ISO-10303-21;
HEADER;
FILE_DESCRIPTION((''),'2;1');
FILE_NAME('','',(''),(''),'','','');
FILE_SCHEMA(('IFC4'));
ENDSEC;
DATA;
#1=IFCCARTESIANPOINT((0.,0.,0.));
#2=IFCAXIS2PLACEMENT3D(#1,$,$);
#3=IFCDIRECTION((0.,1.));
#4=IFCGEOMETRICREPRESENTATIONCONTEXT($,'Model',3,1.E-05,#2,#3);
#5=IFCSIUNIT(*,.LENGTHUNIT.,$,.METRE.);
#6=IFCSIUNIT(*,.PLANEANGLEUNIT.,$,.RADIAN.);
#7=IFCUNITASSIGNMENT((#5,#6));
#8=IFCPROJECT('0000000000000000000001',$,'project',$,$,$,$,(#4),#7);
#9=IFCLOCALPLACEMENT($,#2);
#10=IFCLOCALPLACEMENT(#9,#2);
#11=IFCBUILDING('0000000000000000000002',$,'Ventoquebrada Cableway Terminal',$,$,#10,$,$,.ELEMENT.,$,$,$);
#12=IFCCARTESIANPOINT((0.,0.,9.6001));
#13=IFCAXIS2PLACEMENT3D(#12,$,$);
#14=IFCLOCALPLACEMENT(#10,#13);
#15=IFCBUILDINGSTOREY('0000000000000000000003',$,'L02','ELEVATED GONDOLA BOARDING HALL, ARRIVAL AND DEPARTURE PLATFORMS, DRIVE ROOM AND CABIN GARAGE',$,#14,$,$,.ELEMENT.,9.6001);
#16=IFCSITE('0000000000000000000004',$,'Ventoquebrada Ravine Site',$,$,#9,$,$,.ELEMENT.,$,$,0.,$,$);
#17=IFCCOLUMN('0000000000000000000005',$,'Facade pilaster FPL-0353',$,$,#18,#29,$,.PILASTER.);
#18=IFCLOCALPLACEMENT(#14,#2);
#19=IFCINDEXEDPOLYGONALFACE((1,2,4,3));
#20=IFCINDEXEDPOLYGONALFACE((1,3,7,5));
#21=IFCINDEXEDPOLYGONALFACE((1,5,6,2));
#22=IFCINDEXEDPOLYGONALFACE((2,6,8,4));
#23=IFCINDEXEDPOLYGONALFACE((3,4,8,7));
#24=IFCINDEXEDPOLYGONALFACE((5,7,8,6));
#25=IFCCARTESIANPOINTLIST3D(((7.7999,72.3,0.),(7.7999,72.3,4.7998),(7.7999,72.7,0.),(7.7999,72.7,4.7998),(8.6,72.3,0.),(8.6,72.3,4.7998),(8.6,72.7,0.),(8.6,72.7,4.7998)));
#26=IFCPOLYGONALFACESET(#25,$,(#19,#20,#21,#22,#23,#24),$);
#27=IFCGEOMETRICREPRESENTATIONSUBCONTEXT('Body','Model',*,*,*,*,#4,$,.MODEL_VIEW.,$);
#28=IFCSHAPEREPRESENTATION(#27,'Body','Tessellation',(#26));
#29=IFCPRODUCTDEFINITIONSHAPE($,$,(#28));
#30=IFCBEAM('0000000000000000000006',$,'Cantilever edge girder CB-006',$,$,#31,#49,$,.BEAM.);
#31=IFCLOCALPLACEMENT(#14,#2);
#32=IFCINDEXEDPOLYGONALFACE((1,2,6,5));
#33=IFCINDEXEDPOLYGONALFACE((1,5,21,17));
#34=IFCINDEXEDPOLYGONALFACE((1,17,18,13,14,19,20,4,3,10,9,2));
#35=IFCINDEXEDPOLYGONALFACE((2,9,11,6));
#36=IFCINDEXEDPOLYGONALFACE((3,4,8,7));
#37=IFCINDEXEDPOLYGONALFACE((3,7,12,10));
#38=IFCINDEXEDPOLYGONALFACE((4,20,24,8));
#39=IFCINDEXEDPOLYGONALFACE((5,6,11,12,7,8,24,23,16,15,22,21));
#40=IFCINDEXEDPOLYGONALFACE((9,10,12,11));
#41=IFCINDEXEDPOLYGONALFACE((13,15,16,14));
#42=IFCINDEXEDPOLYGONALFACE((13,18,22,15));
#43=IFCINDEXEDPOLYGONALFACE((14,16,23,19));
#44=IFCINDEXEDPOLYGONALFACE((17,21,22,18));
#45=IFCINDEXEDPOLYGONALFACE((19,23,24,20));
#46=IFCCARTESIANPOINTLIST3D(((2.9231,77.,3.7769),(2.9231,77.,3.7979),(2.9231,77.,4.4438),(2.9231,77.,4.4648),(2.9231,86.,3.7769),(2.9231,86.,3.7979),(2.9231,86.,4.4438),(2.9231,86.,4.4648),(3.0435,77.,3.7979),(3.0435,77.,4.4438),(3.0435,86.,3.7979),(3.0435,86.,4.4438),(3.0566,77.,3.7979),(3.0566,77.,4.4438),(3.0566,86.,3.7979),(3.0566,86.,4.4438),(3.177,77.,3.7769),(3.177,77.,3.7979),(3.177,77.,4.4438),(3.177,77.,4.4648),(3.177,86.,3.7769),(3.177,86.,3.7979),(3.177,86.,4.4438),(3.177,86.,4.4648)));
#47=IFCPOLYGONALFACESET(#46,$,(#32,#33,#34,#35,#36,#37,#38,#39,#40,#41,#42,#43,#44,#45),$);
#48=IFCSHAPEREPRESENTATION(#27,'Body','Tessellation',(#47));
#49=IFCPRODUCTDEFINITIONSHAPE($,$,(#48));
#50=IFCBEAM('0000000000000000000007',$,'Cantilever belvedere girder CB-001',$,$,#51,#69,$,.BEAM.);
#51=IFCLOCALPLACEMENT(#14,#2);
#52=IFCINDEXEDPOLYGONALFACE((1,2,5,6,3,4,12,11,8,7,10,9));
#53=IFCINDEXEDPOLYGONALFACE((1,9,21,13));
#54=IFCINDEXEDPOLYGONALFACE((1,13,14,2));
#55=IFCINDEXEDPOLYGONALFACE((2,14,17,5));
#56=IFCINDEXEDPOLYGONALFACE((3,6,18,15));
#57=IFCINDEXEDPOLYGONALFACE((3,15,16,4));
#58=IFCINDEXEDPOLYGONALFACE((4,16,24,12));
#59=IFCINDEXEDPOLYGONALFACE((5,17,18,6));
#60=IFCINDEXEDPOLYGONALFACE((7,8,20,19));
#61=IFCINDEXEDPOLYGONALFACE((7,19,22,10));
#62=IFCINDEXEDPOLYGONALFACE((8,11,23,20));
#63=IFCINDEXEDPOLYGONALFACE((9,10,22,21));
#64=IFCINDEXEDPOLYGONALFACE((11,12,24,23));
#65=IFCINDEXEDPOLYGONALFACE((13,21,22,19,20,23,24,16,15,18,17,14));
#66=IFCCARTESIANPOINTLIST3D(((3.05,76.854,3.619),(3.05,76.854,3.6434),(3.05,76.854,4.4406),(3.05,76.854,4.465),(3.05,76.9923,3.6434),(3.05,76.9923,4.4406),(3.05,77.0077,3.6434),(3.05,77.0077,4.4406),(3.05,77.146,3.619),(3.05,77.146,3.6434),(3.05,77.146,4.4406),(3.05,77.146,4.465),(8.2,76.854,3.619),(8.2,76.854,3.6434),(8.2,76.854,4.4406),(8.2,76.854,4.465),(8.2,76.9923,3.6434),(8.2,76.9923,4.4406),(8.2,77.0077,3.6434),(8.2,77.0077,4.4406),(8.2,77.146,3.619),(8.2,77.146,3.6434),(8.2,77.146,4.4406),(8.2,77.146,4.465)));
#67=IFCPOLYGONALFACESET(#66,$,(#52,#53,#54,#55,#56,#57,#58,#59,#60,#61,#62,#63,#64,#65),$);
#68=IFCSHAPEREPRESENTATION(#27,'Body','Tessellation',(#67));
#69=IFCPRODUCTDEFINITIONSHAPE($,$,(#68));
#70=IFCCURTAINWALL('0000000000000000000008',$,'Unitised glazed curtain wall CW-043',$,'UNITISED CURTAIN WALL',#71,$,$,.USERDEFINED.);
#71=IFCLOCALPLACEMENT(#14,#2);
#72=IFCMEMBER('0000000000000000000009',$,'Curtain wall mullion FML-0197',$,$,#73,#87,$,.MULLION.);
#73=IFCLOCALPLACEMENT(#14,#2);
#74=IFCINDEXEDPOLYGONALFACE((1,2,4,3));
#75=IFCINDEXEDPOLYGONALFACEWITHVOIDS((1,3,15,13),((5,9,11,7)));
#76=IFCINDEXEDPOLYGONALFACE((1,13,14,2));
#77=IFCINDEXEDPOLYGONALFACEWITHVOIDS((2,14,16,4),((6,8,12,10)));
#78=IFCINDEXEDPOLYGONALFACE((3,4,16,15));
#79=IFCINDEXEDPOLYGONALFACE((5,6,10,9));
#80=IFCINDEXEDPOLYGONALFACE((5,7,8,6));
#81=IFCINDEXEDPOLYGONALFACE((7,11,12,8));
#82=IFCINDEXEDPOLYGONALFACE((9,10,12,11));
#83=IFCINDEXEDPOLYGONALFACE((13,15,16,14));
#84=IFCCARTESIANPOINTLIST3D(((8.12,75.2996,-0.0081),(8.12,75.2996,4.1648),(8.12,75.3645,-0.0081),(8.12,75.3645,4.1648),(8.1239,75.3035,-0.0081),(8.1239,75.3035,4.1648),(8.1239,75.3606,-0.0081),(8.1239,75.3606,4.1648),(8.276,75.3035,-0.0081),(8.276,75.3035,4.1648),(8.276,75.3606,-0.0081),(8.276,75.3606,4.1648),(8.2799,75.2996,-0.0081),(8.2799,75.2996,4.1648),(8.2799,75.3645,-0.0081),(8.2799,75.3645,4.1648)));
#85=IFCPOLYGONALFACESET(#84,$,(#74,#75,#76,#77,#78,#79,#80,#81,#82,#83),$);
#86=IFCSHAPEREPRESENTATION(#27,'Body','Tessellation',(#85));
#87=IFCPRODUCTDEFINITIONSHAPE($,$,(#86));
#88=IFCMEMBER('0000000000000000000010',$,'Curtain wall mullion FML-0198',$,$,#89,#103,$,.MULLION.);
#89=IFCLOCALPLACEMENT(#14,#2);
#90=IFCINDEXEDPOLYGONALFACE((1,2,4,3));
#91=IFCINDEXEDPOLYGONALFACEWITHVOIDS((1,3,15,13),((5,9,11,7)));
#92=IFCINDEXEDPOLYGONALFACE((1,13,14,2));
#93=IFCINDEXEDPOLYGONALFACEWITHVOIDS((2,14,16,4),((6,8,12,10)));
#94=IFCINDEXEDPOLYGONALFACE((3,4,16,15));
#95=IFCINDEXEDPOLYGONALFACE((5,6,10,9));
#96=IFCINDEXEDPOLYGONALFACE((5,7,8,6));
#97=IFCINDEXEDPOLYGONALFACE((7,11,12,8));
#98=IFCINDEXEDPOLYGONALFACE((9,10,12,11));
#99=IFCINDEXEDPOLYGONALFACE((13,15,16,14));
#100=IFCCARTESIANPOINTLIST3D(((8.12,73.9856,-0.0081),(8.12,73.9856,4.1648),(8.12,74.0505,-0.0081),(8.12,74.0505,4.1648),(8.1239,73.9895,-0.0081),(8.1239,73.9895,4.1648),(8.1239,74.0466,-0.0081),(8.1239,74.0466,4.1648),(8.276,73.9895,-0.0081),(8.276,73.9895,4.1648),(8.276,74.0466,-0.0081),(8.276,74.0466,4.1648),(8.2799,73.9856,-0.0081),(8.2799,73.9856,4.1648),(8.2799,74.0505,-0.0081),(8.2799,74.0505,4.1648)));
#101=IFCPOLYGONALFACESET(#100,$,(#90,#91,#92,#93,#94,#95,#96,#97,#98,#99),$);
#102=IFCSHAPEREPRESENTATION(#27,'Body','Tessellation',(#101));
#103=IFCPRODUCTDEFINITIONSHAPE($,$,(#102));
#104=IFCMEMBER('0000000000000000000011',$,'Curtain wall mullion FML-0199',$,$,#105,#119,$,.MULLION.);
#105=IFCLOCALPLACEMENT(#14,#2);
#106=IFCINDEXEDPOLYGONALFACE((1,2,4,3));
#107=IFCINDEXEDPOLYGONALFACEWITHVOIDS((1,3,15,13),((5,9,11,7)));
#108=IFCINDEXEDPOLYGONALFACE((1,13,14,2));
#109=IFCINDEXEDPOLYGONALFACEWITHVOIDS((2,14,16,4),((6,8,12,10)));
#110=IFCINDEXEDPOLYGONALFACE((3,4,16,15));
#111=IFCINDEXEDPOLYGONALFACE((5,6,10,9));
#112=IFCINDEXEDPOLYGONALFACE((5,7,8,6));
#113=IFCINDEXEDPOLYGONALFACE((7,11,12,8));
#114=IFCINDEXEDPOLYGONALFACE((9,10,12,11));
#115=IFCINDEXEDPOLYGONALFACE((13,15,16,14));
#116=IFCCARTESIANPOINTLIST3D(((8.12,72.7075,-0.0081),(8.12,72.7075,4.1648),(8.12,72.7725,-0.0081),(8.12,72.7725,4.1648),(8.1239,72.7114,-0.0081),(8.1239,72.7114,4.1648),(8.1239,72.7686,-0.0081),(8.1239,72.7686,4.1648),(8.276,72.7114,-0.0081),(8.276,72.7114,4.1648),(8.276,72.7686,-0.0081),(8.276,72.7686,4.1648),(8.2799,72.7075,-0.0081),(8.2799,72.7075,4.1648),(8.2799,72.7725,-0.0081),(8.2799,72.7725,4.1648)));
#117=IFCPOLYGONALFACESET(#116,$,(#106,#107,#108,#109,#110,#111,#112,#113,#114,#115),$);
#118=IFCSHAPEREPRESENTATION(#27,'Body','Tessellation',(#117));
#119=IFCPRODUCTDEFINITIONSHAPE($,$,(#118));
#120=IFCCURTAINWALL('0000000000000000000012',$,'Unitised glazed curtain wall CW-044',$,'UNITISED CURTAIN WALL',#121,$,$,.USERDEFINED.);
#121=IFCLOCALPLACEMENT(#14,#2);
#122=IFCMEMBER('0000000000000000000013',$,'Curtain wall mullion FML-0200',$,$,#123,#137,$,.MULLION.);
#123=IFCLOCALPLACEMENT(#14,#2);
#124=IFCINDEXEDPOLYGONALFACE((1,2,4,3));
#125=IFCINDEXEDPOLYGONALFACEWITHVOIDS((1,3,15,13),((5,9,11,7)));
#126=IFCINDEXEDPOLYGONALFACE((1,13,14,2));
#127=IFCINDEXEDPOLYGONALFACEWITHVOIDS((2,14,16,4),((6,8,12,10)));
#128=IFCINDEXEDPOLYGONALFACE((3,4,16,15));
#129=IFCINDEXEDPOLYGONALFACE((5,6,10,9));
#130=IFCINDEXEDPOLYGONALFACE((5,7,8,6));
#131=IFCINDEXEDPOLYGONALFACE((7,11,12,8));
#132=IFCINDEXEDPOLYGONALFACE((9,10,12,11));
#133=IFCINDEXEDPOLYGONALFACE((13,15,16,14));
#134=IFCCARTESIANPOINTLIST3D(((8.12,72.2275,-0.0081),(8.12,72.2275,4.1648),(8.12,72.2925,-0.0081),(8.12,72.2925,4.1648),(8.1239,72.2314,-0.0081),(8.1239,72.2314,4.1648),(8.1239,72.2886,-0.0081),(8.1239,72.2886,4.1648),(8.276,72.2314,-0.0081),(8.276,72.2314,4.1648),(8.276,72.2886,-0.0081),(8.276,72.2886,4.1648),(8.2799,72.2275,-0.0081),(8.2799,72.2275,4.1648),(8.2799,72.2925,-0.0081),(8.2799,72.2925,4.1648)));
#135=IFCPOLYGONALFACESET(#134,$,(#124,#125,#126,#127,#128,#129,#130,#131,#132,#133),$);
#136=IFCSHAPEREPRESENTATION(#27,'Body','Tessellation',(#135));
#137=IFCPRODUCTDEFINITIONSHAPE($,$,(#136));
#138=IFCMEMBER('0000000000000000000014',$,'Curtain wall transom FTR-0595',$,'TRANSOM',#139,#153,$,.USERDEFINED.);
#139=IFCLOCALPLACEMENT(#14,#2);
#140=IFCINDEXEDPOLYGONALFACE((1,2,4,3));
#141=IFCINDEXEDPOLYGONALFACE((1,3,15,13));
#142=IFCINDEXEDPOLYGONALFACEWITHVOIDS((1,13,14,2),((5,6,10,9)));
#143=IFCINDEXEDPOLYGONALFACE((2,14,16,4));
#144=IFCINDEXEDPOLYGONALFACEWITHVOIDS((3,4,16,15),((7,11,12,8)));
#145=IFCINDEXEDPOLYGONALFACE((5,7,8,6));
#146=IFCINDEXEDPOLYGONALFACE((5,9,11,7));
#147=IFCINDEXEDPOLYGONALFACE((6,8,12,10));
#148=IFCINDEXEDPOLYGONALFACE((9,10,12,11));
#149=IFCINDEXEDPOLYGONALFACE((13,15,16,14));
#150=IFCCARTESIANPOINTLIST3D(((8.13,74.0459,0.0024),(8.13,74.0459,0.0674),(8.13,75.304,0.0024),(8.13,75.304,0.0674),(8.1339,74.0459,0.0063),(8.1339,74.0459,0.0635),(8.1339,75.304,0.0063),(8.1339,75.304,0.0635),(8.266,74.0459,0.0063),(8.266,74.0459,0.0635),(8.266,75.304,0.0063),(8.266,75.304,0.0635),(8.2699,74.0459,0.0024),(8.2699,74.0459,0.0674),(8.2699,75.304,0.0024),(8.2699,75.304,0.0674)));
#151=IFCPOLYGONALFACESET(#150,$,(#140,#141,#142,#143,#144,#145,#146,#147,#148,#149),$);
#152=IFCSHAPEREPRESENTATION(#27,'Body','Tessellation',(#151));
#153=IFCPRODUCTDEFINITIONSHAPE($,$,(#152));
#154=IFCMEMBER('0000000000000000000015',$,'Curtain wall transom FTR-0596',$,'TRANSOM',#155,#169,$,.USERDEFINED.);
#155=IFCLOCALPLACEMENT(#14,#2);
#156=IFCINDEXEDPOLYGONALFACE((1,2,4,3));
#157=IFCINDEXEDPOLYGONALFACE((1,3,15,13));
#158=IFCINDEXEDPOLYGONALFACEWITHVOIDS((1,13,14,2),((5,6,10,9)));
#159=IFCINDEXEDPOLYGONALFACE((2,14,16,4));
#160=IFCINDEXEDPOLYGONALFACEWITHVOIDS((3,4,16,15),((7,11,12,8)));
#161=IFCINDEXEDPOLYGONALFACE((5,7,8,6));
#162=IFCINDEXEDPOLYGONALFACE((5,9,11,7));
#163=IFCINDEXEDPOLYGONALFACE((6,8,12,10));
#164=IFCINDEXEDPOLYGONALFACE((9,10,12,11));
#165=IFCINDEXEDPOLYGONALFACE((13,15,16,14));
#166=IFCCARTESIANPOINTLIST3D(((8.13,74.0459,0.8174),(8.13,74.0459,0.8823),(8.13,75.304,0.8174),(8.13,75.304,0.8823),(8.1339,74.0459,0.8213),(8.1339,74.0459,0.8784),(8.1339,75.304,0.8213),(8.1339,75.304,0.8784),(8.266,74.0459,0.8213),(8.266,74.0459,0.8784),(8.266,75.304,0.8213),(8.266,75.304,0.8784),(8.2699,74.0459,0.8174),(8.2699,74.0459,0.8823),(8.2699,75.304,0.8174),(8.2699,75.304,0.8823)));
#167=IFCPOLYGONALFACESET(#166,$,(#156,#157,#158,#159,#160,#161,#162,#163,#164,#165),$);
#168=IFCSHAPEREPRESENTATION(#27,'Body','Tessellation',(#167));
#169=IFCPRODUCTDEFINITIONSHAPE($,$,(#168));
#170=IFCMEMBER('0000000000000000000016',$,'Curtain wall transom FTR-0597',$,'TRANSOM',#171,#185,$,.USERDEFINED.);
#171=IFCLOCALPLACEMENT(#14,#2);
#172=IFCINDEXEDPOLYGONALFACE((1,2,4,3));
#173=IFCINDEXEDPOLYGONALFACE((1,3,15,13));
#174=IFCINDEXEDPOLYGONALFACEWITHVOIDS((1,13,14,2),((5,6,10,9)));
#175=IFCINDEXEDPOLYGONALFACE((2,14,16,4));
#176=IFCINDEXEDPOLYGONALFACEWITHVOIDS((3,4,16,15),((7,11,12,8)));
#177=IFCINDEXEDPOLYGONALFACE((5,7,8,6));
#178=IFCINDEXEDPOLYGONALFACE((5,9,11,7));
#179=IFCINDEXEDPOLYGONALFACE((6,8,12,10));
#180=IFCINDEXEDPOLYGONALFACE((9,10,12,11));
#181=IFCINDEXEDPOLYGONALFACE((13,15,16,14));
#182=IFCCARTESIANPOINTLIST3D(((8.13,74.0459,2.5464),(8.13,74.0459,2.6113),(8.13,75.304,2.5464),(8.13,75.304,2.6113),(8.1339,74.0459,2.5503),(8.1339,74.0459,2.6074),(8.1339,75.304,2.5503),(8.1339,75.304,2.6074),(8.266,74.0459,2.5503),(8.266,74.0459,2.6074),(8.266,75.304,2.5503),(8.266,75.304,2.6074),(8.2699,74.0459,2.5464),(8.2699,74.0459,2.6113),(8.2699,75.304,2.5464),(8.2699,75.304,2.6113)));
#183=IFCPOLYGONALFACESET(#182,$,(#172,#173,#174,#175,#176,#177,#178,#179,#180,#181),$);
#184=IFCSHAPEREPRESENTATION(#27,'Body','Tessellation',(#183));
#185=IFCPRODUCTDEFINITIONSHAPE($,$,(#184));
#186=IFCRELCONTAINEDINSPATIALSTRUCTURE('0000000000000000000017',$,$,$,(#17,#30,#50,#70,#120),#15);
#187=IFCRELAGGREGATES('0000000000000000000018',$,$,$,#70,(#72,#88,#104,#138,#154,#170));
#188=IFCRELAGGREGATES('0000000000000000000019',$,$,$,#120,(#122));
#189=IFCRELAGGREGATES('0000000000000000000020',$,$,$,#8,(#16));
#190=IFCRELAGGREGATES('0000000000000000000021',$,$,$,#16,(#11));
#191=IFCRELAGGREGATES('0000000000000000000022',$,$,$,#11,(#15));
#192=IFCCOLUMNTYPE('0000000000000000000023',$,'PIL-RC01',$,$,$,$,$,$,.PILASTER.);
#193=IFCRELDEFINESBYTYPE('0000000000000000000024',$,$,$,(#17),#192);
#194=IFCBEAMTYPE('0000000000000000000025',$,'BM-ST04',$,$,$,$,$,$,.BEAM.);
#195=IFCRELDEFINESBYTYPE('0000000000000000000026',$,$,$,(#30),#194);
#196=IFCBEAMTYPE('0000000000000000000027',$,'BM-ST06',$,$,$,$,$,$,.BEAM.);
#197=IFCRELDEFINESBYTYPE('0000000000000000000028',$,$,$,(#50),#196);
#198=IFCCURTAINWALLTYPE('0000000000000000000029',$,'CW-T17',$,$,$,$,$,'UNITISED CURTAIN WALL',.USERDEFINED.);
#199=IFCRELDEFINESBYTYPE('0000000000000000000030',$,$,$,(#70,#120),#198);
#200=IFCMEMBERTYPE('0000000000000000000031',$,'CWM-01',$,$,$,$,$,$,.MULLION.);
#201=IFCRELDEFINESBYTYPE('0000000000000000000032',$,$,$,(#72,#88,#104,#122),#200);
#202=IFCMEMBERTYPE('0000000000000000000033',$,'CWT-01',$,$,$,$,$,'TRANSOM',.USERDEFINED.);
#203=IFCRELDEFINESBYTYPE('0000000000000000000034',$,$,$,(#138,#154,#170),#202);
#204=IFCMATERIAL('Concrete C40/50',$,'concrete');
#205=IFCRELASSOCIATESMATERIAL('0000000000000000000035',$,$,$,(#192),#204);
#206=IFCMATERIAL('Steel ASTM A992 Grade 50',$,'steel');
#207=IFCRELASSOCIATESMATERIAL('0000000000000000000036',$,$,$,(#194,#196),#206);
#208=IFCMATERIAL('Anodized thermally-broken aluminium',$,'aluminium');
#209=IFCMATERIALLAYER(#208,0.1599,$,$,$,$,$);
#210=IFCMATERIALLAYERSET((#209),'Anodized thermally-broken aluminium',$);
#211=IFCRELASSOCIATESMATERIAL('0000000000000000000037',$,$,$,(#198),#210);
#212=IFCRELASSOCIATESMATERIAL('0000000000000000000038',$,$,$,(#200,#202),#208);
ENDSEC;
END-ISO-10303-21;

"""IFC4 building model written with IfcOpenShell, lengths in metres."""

from ifc_helpers import new_model, si_unit, direction, frame, origin, origin_2d, place, context, subcontext, project, spatial, rectangle, hollow_rectangle, i_section, extrude, material, layer, layer_set, material_profile, profile_set, type_object, element, aggregate, save


model = new_model("IFC4")

# Units and contexts
model_context = context("Model", 3, precision=1e-05, world=origin(), true_north=direction((0.0, 1.0)))
body_context = subcontext(model_context, "Body", "Model", "MODEL_VIEW")
ifc_project = project(units=[si_unit("LENGTHUNIT", "METRE"), si_unit("PLANEANGLEUNIT", "RADIAN")], contexts=[model_context])

# Site, building, storey
site_placement = place(None, origin())
site = spatial("IfcSite", under=ifc_project, at=site_placement, Name="Ventoquebrada Ravine Site", CompositionType="ELEMENT", RefElevation=0.0)
building_placement = place(site_placement, origin())
building = spatial("IfcBuilding", under=site, at=building_placement, Name="Ventoquebrada Cableway Terminal", CompositionType="ELEMENT")
storey_placement = place(building_placement, frame((0.0, 0.0, 9.6001)))
storey = spatial("IfcBuildingStorey", under=building, at=storey_placement, Name="L02", Description="ELEVATED GONDOLA BOARDING HALL, ARRIVAL AND DEPARTURE PLATFORMS, DRIVE ROOM AND CABIN GARAGE", CompositionType="ELEMENT", Elevation=9.6001)

# Column
ifc_material_1 = material(Name="Concrete C40/50", Category="concrete")
ifc_material_profile_1 = material_profile(ifc_material_1, rectangle(XDim=0.3999, YDim=0.8, at=origin_2d()), Name="RC-PIL-400X800")
ifc_profile_set_1 = profile_set([ifc_material_profile_1], Name="Concrete C40/50")
column_type = type_object("IfcColumnType", Name="PIL-RC01", PredefinedType="PILASTER", material=ifc_profile_set_1)
column_placement = place(storey_placement, frame((8.2, 72.5, 0.0), z_axis=(0.0, 0.0, 1.0), x_axis=(0.0, 1.0, 0.0)))
element("IfcColumn", 1, at=column_placement, inside=storey, type_object=column_type, Name="Facade pilaster FPL-0353", PredefinedType="PILASTER", context=body_context, shape_type="SweptSolid", body=[
    extrude(rectangle(XDim=0.3999, YDim=0.8, at=origin_2d()), origin(), (0.0, 0.0, 1.0), 4.7998),
])

# Beams
ifc_material_2 = material(Name="Steel ASTM A992 Grade 50", Category="steel")
ifc_material_profile_2 = material_profile(ifc_material_2, i_section(OverallWidth=0.2539, OverallDepth=0.688, WebThickness=0.0132, FlangeThickness=0.021, at=origin_2d()), Name="W27X102")
ifc_profile_set_2 = profile_set([ifc_material_profile_2], Name="Steel ASTM A992 Grade 50")
beam_type_1 = type_object("IfcBeamType", Name="BM-ST04", PredefinedType="BEAM", material=ifc_profile_set_2)
beam_1_placement = place(storey_placement, frame((3.05, 77.0, 4.1208), z_axis=(0.0, 1.0, 0.0), x_axis=(-1.0, 0.0, 0.0)))
element("IfcBeam", 2, at=beam_1_placement, inside=storey, type_object=beam_type_1, Name="Cantilever edge girder CB-006", PredefinedType="BEAM", context=body_context, shape_type="SweptSolid", body=[
    extrude(i_section(OverallWidth=0.2539, OverallDepth=0.688, WebThickness=0.0132, FlangeThickness=0.021, at=origin_2d()), origin(), (0.0, 0.0, 1.0), 9.0),
])
ifc_material_profile_3 = material_profile(ifc_material_2, i_section(OverallWidth=0.292, OverallDepth=0.8459, WebThickness=0.0154, FlangeThickness=0.0244, at=origin_2d()), Name="W33X141")
ifc_profile_set_3 = profile_set([ifc_material_profile_3], Name="Steel ASTM A992 Grade 50")
beam_type_2 = type_object("IfcBeamType", Name="BM-ST06", PredefinedType="BEAM", material=ifc_profile_set_3)
beam_2_placement = place(storey_placement, frame((3.05, 77.0, 4.042), z_axis=(1.0, 0.0, 0.0), x_axis=(0.0, 1.0, 0.0)))
element("IfcBeam", 3, at=beam_2_placement, inside=storey, type_object=beam_type_2, Name="Cantilever belvedere girder CB-001", PredefinedType="BEAM", context=body_context, shape_type="SweptSolid", body=[
    extrude(i_section(OverallWidth=0.292, OverallDepth=0.8459, WebThickness=0.0154, FlangeThickness=0.0244, at=origin_2d()), origin(), (0.0, 0.0, 1.0), 5.1499),
])

# Curtain wall, members
ifc_material_3 = material(Name="Anodized thermally-broken aluminium", Category="aluminium")
ifc_layer_1 = layer(ifc_material_3, 0.1599)
ifc_layer_set_1 = layer_set([ifc_layer_1], Name="Anodized thermally-broken aluminium")
curtain_wall_type = type_object("IfcCurtainWallType", Name="CW-T17", ElementType="UNITISED CURTAIN WALL", PredefinedType="USERDEFINED", material=ifc_layer_set_1)
curtain_wall_1_placement = place(storey_placement, origin())
curtain_wall_1 = element("IfcCurtainWall", 4, at=curtain_wall_1_placement, inside=storey, type_object=curtain_wall_type, Name="Unitised glazed curtain wall CW-043", ObjectType="UNITISED CURTAIN WALL", PredefinedType="USERDEFINED")
ifc_material_profile_4 = material_profile(ifc_material_3, hollow_rectangle(XDim=0.0649, YDim=0.1599, WallThickness=0.0039, at=origin_2d()), Name="CW-MUL-65X160")
ifc_profile_set_4 = profile_set([ifc_material_profile_4], Name="Anodized thermally-broken aluminium")
member_type_1 = type_object("IfcMemberType", Name="CWM-01", PredefinedType="MULLION", material=ifc_profile_set_4)
member_1_placement = place(storey_placement, frame((8.2, 75.332, -0.0081), z_axis=(0.0, 0.0, 1.0), x_axis=(0.0, -1.0, 0.0)))
member_1 = element("IfcMember", 5, at=member_1_placement, type_object=member_type_1, Name="Curtain wall mullion FML-0197", PredefinedType="MULLION", context=body_context, shape_type="SweptSolid", body=[
    extrude(hollow_rectangle(XDim=0.0649, YDim=0.1599, WallThickness=0.0039, at=origin_2d()), origin(), (0.0, 0.0, 1.0), 4.1729),
])
member_2_placement = place(storey_placement, frame((8.2, 74.0181, -0.0081), z_axis=(0.0, 0.0, 1.0), x_axis=(0.0, -1.0, 0.0)))
member_2 = element("IfcMember", 6, at=member_2_placement, type_object=member_type_1, Name="Curtain wall mullion FML-0198", PredefinedType="MULLION", context=body_context, shape_type="SweptSolid", body=[
    extrude(hollow_rectangle(XDim=0.0649, YDim=0.1599, WallThickness=0.0039, at=origin_2d()), origin(), (0.0, 0.0, 1.0), 4.1729),
])
member_3_placement = place(storey_placement, frame((8.2, 72.74, -0.0081), z_axis=(0.0, 0.0, 1.0), x_axis=(0.0, -1.0, 0.0)))
member_3 = element("IfcMember", 7, at=member_3_placement, type_object=member_type_1, Name="Curtain wall mullion FML-0199", PredefinedType="MULLION", context=body_context, shape_type="SweptSolid", body=[
    extrude(hollow_rectangle(XDim=0.0649, YDim=0.1599, WallThickness=0.0039, at=origin_2d()), origin(), (0.0, 0.0, 1.0), 4.1729),
])

# Curtain wall, member
curtain_wall_2_placement = place(storey_placement, origin())
curtain_wall_2 = element("IfcCurtainWall", 8, at=curtain_wall_2_placement, inside=storey, type_object=curtain_wall_type, Name="Unitised glazed curtain wall CW-044", ObjectType="UNITISED CURTAIN WALL", PredefinedType="USERDEFINED")
member_4_placement = place(storey_placement, frame((8.2, 72.26, -0.0081), z_axis=(0.0, 0.0, 1.0), x_axis=(0.0, -1.0, 0.0)))
member_4 = element("IfcMember", 9, at=member_4_placement, type_object=member_type_1, Name="Curtain wall mullion FML-0200", PredefinedType="MULLION", context=body_context, shape_type="SweptSolid", body=[
    extrude(hollow_rectangle(XDim=0.0649, YDim=0.1599, WallThickness=0.0039, at=origin_2d()), origin(), (0.0, 0.0, 1.0), 4.1729),
])

# Members
ifc_material_profile_5 = material_profile(ifc_material_3, hollow_rectangle(XDim=0.0649, YDim=0.1399, WallThickness=0.0039, at=origin_2d()), Name="CW-TRN-65X140")
ifc_profile_set_5 = profile_set([ifc_material_profile_5], Name="Anodized thermally-broken aluminium")
member_type_2 = type_object("IfcMemberType", Name="CWT-01", ElementType="TRANSOM", PredefinedType="USERDEFINED", material=ifc_profile_set_5)
member_5_placement = place(storey_placement, frame((8.2, 75.304, 0.0349), z_axis=(0.0, -1.0, 0.0), x_axis=(0.0, 0.0, 1.0)))
member_5 = element("IfcMember", 10, at=member_5_placement, type_object=member_type_2, Name="Curtain wall transom FTR-0595", ObjectType="TRANSOM", PredefinedType="USERDEFINED", context=body_context, shape_type="SweptSolid", body=[
    extrude(hollow_rectangle(XDim=0.0649, YDim=0.1399, WallThickness=0.0039, at=origin_2d()), origin(), (0.0, 0.0, 1.0), 1.2581),
])
member_6_placement = place(storey_placement, frame((8.2, 75.304, 0.8499), z_axis=(0.0, -1.0, 0.0), x_axis=(0.0, 0.0, 1.0)))
member_6 = element("IfcMember", 11, at=member_6_placement, type_object=member_type_2, Name="Curtain wall transom FTR-0596", ObjectType="TRANSOM", PredefinedType="USERDEFINED", context=body_context, shape_type="SweptSolid", body=[
    extrude(hollow_rectangle(XDim=0.0649, YDim=0.1399, WallThickness=0.0039, at=origin_2d()), origin(), (0.0, 0.0, 1.0), 1.2581),
])
member_7_placement = place(storey_placement, frame((8.2, 75.304, 2.5789), z_axis=(0.0, -1.0, 0.0), x_axis=(0.0, 0.0, 1.0)))
member_7 = element("IfcMember", 12, at=member_7_placement, type_object=member_type_2, Name="Curtain wall transom FTR-0597", ObjectType="TRANSOM", PredefinedType="USERDEFINED", context=body_context, shape_type="SweptSolid", body=[
    extrude(hollow_rectangle(XDim=0.0649, YDim=0.1399, WallThickness=0.0039, at=origin_2d()), origin(), (0.0, 0.0, 1.0), 1.2581),
])

aggregate(curtain_wall_1, [member_1, member_2, member_3, member_5, member_6, member_7])
aggregate(curtain_wall_2, [member_4])

save(model, "model.ifc")
